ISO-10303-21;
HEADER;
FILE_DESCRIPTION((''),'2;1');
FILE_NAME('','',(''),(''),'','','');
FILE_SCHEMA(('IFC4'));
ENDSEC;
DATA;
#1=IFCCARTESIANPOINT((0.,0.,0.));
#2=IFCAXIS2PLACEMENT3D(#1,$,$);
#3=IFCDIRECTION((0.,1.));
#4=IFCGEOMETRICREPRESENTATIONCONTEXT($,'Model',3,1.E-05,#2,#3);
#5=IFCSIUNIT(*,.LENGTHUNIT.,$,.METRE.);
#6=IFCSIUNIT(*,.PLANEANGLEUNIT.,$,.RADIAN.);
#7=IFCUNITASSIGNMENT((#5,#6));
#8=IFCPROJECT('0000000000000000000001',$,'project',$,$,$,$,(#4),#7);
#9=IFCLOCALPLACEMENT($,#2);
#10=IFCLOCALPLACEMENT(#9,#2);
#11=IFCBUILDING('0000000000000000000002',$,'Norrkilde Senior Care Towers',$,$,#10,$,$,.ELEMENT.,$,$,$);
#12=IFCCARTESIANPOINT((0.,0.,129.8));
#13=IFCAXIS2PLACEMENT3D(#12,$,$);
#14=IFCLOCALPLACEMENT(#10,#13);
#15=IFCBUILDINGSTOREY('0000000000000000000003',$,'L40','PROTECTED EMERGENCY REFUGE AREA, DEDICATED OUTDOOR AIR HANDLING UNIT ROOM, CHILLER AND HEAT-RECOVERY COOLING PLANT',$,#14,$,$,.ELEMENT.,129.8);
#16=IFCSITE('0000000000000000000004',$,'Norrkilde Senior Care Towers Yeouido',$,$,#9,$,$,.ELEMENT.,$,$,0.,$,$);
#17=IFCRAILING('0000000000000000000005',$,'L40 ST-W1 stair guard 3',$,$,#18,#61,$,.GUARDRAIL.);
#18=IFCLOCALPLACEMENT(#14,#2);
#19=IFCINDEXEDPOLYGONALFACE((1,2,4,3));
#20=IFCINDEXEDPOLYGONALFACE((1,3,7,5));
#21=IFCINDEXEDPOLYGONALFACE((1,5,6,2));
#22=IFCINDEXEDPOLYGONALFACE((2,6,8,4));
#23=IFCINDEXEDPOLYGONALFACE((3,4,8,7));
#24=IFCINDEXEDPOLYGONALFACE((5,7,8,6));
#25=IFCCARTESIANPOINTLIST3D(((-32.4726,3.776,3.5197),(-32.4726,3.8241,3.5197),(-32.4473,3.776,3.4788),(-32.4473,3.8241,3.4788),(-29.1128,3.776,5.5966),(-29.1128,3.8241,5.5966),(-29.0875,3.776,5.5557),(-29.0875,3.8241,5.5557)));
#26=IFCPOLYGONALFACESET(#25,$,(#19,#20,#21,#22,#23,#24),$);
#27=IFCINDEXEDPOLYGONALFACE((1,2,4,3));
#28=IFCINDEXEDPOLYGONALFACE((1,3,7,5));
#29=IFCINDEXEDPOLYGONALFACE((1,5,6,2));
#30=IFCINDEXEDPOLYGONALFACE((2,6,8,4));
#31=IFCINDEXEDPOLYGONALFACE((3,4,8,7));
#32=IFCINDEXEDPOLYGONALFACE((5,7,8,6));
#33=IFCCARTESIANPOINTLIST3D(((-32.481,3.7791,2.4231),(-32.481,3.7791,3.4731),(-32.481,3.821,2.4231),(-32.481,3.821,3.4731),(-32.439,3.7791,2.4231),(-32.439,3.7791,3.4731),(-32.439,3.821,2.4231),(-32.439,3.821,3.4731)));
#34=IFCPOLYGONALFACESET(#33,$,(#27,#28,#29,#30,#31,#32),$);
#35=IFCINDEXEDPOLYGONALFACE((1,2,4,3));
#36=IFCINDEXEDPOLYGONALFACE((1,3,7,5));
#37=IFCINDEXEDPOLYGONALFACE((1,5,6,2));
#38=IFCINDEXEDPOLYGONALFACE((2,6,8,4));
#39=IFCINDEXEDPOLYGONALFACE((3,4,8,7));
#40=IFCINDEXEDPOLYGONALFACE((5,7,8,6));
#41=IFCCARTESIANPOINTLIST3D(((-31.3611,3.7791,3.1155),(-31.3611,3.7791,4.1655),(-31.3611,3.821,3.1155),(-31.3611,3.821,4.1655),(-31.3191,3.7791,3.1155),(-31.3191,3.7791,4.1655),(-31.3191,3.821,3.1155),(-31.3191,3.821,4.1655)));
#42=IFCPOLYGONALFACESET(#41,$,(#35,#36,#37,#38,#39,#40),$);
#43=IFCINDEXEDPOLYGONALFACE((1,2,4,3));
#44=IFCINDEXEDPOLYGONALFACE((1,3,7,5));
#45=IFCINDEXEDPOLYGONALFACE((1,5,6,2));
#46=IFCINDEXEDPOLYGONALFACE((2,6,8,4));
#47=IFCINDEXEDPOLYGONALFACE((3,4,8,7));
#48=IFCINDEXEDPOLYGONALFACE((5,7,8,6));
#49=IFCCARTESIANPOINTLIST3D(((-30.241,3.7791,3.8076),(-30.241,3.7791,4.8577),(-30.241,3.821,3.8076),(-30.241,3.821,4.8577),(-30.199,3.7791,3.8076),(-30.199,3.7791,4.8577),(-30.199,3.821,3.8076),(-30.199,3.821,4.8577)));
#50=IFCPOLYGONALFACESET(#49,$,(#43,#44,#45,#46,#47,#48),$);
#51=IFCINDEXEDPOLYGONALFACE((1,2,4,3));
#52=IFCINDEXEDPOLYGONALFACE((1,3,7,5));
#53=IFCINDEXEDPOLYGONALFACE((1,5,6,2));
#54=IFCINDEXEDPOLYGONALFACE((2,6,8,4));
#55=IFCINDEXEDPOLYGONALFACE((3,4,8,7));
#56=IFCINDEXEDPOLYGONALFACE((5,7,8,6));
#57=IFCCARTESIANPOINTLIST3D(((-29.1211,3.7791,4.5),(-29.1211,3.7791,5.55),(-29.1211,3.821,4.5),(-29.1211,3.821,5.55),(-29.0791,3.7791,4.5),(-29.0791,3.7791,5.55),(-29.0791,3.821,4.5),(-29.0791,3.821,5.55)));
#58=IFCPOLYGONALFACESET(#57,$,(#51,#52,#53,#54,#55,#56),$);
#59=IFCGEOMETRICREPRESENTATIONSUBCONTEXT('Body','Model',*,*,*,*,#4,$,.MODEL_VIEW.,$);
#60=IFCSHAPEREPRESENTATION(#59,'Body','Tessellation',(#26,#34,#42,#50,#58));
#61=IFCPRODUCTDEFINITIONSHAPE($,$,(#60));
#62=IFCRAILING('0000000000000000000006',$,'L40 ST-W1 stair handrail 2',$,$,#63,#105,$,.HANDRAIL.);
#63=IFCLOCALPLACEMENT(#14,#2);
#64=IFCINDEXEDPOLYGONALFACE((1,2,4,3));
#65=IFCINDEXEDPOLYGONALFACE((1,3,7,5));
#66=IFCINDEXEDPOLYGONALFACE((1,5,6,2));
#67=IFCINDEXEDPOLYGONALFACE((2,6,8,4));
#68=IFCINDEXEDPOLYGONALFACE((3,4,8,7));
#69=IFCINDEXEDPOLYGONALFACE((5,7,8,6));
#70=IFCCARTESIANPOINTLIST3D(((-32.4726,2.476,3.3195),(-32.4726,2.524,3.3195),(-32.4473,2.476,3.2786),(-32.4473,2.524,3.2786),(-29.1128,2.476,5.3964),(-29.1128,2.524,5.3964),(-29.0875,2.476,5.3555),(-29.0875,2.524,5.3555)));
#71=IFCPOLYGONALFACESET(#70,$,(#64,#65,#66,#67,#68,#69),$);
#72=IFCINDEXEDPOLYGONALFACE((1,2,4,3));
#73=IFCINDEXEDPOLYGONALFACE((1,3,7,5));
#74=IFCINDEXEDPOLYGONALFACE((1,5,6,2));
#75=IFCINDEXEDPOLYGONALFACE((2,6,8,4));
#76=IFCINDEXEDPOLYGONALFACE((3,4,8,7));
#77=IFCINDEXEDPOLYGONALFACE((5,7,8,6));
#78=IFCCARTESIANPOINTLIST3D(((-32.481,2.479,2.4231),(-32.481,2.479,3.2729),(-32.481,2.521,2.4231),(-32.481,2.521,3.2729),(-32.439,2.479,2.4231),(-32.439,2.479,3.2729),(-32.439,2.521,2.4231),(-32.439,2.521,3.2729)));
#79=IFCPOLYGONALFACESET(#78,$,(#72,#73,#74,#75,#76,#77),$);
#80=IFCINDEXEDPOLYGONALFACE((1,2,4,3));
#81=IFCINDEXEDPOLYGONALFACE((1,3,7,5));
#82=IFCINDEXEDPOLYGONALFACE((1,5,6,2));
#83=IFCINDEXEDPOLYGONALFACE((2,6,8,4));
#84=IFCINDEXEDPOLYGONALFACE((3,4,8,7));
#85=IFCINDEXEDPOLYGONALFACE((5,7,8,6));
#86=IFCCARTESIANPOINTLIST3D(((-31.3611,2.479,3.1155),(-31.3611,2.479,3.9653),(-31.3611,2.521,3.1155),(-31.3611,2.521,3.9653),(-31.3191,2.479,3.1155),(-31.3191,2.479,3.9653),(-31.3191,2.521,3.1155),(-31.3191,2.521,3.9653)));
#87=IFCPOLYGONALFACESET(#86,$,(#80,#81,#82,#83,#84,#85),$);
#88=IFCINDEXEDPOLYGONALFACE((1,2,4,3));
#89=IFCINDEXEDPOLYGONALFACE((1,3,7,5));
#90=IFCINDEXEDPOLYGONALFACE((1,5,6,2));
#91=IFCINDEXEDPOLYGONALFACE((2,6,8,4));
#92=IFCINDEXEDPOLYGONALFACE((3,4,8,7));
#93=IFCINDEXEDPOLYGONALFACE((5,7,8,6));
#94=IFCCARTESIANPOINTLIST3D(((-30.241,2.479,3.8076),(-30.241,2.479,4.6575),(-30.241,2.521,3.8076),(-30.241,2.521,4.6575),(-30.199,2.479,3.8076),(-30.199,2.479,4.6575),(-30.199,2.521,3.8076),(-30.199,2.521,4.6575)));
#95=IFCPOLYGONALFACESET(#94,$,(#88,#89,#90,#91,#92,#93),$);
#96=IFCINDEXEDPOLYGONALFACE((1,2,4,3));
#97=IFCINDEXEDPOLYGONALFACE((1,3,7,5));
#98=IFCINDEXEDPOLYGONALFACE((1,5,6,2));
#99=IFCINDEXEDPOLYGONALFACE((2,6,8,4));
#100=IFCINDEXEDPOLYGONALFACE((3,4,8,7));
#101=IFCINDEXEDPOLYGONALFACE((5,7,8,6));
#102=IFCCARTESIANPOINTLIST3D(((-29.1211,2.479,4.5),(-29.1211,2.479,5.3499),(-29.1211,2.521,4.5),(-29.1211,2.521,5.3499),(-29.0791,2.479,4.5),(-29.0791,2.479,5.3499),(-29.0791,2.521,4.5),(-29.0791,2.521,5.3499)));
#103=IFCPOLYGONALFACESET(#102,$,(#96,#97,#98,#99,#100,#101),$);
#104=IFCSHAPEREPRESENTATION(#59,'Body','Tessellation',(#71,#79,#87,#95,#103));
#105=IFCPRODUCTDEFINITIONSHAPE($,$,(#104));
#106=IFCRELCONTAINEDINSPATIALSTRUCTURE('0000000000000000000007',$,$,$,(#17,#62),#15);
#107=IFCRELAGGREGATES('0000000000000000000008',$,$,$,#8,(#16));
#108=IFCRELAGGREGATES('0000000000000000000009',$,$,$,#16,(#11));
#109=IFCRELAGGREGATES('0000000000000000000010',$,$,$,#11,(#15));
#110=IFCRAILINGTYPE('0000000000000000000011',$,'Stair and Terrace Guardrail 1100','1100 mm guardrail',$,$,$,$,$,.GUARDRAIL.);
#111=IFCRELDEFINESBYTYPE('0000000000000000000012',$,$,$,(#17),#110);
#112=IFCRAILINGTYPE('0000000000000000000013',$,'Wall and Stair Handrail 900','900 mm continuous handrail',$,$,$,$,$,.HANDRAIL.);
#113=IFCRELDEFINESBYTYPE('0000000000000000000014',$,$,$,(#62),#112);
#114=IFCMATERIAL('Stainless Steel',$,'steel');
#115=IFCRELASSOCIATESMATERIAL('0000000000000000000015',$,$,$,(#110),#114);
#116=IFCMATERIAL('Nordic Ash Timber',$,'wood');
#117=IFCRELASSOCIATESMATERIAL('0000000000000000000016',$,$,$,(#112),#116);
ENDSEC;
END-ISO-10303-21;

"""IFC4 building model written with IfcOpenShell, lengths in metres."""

from ifc_helpers import new_model, si_unit, direction, frame, origin, origin_2d, place, context, subcontext, project, spatial, rectangle, extrude, material, type_object, element, save


model = new_model("IFC4")

# Units and contexts
model_context = context("Model", 3, precision=1e-05, world=origin(), true_north=direction((0.0, 1.0)))
body_context = subcontext(model_context, "Body", "Model", "MODEL_VIEW")
ifc_project = project(units=[si_unit("LENGTHUNIT", "METRE"), si_unit("PLANEANGLEUNIT", "RADIAN")], contexts=[model_context])

# Site, building, storey
site_placement = place(None, origin())
site = spatial("IfcSite", under=ifc_project, at=site_placement, Name="Norrkilde Senior Care Towers Yeouido", CompositionType="ELEMENT", RefElevation=0.0)
building_placement = place(site_placement, origin())
building = spatial("IfcBuilding", under=site, at=building_placement, Name="Norrkilde Senior Care Towers", CompositionType="ELEMENT")
storey_placement = place(building_placement, frame((0.0, 0.0, 129.8)))
storey = spatial("IfcBuildingStorey", under=building, at=storey_placement, Name="L40", Description="PROTECTED EMERGENCY REFUGE AREA, DEDICATED OUTDOOR AIR HANDLING UNIT ROOM, CHILLER AND HEAT-RECOVERY COOLING PLANT", CompositionType="ELEMENT", Elevation=129.8)

# Railings
ifc_material_1 = material(Name="Stainless Steel", Category="steel")
railing_type_1 = type_object("IfcRailingType", Name="Stair and Terrace Guardrail 1100", Description="1100 mm guardrail", PredefinedType="GUARDRAIL", material=ifc_material_1)
railing_1_placement = place(storey_placement, frame((-32.46, 3.8, 2.4231)))
element("IfcRailing", 1, at=railing_1_placement, inside=storey, type_object=railing_type_1, Name="L40 ST-W1 stair guard 3", PredefinedType="GUARDRAIL", context=body_context, shape_type="SweptSolid", body=[
    extrude(rectangle(XDim=0.0481, YDim=0.0481, at=origin_2d()), frame((0.0, 0.0, 1.0762), z_axis=(0.850606, 0.0, 0.525803), x_axis=(0.0, 1.0, 0.0)), (0.0, 0.0, 1.0), 3.95),
    extrude(rectangle(XDim=0.042, YDim=0.042, at=origin_2d()), origin(), (0.0, 0.0, 1.0), 1.05),
    extrude(rectangle(XDim=0.042, YDim=0.042, at=origin_2d()), frame((1.1199, 0.0, 0.6924)), (0.0, 0.0, 1.0), 1.05),
    extrude(rectangle(XDim=0.042, YDim=0.042, at=origin_2d()), frame((2.24, 0.0, 1.3845)), (0.0, 0.0, 1.0), 1.05),
    extrude(rectangle(XDim=0.042, YDim=0.042, at=origin_2d()), frame((3.3599, 0.0, 2.0769)), (0.0, 0.0, 1.0), 1.05),
])
ifc_material_2 = material(Name="Nordic Ash Timber", Category="wood")
railing_type_2 = type_object("IfcRailingType", Name="Wall and Stair Handrail 900", Description="900 mm continuous handrail", PredefinedType="HANDRAIL", material=ifc_material_2)
railing_2_placement = place(storey_placement, frame((-32.46, 2.5, 2.4231)))
element("IfcRailing", 2, at=railing_2_placement, inside=storey, type_object=railing_type_2, Name="L40 ST-W1 stair handrail 2", PredefinedType="HANDRAIL", context=body_context, shape_type="SweptSolid", body=[
    extrude(rectangle(XDim=0.0481, YDim=0.0481, at=origin_2d()), frame((0.0, 0.0, 0.876), z_axis=(0.850606, 0.0, 0.525803), x_axis=(0.0, 1.0, 0.0)), (0.0, 0.0, 1.0), 3.95),
    extrude(rectangle(XDim=0.042, YDim=0.042, at=origin_2d()), origin(), (0.0, 0.0, 1.0), 0.8499),
    extrude(rectangle(XDim=0.042, YDim=0.042, at=origin_2d()), frame((1.1199, 0.0, 0.6924)), (0.0, 0.0, 1.0), 0.8499),
    extrude(rectangle(XDim=0.042, YDim=0.042, at=origin_2d()), frame((2.24, 0.0, 1.3845)), (0.0, 0.0, 1.0), 0.8499),
    extrude(rectangle(XDim=0.042, YDim=0.042, at=origin_2d()), frame((3.3599, 0.0, 2.0769)), (0.0, 0.0, 1.0), 0.8499),
])

save(model, "model.ifc")
